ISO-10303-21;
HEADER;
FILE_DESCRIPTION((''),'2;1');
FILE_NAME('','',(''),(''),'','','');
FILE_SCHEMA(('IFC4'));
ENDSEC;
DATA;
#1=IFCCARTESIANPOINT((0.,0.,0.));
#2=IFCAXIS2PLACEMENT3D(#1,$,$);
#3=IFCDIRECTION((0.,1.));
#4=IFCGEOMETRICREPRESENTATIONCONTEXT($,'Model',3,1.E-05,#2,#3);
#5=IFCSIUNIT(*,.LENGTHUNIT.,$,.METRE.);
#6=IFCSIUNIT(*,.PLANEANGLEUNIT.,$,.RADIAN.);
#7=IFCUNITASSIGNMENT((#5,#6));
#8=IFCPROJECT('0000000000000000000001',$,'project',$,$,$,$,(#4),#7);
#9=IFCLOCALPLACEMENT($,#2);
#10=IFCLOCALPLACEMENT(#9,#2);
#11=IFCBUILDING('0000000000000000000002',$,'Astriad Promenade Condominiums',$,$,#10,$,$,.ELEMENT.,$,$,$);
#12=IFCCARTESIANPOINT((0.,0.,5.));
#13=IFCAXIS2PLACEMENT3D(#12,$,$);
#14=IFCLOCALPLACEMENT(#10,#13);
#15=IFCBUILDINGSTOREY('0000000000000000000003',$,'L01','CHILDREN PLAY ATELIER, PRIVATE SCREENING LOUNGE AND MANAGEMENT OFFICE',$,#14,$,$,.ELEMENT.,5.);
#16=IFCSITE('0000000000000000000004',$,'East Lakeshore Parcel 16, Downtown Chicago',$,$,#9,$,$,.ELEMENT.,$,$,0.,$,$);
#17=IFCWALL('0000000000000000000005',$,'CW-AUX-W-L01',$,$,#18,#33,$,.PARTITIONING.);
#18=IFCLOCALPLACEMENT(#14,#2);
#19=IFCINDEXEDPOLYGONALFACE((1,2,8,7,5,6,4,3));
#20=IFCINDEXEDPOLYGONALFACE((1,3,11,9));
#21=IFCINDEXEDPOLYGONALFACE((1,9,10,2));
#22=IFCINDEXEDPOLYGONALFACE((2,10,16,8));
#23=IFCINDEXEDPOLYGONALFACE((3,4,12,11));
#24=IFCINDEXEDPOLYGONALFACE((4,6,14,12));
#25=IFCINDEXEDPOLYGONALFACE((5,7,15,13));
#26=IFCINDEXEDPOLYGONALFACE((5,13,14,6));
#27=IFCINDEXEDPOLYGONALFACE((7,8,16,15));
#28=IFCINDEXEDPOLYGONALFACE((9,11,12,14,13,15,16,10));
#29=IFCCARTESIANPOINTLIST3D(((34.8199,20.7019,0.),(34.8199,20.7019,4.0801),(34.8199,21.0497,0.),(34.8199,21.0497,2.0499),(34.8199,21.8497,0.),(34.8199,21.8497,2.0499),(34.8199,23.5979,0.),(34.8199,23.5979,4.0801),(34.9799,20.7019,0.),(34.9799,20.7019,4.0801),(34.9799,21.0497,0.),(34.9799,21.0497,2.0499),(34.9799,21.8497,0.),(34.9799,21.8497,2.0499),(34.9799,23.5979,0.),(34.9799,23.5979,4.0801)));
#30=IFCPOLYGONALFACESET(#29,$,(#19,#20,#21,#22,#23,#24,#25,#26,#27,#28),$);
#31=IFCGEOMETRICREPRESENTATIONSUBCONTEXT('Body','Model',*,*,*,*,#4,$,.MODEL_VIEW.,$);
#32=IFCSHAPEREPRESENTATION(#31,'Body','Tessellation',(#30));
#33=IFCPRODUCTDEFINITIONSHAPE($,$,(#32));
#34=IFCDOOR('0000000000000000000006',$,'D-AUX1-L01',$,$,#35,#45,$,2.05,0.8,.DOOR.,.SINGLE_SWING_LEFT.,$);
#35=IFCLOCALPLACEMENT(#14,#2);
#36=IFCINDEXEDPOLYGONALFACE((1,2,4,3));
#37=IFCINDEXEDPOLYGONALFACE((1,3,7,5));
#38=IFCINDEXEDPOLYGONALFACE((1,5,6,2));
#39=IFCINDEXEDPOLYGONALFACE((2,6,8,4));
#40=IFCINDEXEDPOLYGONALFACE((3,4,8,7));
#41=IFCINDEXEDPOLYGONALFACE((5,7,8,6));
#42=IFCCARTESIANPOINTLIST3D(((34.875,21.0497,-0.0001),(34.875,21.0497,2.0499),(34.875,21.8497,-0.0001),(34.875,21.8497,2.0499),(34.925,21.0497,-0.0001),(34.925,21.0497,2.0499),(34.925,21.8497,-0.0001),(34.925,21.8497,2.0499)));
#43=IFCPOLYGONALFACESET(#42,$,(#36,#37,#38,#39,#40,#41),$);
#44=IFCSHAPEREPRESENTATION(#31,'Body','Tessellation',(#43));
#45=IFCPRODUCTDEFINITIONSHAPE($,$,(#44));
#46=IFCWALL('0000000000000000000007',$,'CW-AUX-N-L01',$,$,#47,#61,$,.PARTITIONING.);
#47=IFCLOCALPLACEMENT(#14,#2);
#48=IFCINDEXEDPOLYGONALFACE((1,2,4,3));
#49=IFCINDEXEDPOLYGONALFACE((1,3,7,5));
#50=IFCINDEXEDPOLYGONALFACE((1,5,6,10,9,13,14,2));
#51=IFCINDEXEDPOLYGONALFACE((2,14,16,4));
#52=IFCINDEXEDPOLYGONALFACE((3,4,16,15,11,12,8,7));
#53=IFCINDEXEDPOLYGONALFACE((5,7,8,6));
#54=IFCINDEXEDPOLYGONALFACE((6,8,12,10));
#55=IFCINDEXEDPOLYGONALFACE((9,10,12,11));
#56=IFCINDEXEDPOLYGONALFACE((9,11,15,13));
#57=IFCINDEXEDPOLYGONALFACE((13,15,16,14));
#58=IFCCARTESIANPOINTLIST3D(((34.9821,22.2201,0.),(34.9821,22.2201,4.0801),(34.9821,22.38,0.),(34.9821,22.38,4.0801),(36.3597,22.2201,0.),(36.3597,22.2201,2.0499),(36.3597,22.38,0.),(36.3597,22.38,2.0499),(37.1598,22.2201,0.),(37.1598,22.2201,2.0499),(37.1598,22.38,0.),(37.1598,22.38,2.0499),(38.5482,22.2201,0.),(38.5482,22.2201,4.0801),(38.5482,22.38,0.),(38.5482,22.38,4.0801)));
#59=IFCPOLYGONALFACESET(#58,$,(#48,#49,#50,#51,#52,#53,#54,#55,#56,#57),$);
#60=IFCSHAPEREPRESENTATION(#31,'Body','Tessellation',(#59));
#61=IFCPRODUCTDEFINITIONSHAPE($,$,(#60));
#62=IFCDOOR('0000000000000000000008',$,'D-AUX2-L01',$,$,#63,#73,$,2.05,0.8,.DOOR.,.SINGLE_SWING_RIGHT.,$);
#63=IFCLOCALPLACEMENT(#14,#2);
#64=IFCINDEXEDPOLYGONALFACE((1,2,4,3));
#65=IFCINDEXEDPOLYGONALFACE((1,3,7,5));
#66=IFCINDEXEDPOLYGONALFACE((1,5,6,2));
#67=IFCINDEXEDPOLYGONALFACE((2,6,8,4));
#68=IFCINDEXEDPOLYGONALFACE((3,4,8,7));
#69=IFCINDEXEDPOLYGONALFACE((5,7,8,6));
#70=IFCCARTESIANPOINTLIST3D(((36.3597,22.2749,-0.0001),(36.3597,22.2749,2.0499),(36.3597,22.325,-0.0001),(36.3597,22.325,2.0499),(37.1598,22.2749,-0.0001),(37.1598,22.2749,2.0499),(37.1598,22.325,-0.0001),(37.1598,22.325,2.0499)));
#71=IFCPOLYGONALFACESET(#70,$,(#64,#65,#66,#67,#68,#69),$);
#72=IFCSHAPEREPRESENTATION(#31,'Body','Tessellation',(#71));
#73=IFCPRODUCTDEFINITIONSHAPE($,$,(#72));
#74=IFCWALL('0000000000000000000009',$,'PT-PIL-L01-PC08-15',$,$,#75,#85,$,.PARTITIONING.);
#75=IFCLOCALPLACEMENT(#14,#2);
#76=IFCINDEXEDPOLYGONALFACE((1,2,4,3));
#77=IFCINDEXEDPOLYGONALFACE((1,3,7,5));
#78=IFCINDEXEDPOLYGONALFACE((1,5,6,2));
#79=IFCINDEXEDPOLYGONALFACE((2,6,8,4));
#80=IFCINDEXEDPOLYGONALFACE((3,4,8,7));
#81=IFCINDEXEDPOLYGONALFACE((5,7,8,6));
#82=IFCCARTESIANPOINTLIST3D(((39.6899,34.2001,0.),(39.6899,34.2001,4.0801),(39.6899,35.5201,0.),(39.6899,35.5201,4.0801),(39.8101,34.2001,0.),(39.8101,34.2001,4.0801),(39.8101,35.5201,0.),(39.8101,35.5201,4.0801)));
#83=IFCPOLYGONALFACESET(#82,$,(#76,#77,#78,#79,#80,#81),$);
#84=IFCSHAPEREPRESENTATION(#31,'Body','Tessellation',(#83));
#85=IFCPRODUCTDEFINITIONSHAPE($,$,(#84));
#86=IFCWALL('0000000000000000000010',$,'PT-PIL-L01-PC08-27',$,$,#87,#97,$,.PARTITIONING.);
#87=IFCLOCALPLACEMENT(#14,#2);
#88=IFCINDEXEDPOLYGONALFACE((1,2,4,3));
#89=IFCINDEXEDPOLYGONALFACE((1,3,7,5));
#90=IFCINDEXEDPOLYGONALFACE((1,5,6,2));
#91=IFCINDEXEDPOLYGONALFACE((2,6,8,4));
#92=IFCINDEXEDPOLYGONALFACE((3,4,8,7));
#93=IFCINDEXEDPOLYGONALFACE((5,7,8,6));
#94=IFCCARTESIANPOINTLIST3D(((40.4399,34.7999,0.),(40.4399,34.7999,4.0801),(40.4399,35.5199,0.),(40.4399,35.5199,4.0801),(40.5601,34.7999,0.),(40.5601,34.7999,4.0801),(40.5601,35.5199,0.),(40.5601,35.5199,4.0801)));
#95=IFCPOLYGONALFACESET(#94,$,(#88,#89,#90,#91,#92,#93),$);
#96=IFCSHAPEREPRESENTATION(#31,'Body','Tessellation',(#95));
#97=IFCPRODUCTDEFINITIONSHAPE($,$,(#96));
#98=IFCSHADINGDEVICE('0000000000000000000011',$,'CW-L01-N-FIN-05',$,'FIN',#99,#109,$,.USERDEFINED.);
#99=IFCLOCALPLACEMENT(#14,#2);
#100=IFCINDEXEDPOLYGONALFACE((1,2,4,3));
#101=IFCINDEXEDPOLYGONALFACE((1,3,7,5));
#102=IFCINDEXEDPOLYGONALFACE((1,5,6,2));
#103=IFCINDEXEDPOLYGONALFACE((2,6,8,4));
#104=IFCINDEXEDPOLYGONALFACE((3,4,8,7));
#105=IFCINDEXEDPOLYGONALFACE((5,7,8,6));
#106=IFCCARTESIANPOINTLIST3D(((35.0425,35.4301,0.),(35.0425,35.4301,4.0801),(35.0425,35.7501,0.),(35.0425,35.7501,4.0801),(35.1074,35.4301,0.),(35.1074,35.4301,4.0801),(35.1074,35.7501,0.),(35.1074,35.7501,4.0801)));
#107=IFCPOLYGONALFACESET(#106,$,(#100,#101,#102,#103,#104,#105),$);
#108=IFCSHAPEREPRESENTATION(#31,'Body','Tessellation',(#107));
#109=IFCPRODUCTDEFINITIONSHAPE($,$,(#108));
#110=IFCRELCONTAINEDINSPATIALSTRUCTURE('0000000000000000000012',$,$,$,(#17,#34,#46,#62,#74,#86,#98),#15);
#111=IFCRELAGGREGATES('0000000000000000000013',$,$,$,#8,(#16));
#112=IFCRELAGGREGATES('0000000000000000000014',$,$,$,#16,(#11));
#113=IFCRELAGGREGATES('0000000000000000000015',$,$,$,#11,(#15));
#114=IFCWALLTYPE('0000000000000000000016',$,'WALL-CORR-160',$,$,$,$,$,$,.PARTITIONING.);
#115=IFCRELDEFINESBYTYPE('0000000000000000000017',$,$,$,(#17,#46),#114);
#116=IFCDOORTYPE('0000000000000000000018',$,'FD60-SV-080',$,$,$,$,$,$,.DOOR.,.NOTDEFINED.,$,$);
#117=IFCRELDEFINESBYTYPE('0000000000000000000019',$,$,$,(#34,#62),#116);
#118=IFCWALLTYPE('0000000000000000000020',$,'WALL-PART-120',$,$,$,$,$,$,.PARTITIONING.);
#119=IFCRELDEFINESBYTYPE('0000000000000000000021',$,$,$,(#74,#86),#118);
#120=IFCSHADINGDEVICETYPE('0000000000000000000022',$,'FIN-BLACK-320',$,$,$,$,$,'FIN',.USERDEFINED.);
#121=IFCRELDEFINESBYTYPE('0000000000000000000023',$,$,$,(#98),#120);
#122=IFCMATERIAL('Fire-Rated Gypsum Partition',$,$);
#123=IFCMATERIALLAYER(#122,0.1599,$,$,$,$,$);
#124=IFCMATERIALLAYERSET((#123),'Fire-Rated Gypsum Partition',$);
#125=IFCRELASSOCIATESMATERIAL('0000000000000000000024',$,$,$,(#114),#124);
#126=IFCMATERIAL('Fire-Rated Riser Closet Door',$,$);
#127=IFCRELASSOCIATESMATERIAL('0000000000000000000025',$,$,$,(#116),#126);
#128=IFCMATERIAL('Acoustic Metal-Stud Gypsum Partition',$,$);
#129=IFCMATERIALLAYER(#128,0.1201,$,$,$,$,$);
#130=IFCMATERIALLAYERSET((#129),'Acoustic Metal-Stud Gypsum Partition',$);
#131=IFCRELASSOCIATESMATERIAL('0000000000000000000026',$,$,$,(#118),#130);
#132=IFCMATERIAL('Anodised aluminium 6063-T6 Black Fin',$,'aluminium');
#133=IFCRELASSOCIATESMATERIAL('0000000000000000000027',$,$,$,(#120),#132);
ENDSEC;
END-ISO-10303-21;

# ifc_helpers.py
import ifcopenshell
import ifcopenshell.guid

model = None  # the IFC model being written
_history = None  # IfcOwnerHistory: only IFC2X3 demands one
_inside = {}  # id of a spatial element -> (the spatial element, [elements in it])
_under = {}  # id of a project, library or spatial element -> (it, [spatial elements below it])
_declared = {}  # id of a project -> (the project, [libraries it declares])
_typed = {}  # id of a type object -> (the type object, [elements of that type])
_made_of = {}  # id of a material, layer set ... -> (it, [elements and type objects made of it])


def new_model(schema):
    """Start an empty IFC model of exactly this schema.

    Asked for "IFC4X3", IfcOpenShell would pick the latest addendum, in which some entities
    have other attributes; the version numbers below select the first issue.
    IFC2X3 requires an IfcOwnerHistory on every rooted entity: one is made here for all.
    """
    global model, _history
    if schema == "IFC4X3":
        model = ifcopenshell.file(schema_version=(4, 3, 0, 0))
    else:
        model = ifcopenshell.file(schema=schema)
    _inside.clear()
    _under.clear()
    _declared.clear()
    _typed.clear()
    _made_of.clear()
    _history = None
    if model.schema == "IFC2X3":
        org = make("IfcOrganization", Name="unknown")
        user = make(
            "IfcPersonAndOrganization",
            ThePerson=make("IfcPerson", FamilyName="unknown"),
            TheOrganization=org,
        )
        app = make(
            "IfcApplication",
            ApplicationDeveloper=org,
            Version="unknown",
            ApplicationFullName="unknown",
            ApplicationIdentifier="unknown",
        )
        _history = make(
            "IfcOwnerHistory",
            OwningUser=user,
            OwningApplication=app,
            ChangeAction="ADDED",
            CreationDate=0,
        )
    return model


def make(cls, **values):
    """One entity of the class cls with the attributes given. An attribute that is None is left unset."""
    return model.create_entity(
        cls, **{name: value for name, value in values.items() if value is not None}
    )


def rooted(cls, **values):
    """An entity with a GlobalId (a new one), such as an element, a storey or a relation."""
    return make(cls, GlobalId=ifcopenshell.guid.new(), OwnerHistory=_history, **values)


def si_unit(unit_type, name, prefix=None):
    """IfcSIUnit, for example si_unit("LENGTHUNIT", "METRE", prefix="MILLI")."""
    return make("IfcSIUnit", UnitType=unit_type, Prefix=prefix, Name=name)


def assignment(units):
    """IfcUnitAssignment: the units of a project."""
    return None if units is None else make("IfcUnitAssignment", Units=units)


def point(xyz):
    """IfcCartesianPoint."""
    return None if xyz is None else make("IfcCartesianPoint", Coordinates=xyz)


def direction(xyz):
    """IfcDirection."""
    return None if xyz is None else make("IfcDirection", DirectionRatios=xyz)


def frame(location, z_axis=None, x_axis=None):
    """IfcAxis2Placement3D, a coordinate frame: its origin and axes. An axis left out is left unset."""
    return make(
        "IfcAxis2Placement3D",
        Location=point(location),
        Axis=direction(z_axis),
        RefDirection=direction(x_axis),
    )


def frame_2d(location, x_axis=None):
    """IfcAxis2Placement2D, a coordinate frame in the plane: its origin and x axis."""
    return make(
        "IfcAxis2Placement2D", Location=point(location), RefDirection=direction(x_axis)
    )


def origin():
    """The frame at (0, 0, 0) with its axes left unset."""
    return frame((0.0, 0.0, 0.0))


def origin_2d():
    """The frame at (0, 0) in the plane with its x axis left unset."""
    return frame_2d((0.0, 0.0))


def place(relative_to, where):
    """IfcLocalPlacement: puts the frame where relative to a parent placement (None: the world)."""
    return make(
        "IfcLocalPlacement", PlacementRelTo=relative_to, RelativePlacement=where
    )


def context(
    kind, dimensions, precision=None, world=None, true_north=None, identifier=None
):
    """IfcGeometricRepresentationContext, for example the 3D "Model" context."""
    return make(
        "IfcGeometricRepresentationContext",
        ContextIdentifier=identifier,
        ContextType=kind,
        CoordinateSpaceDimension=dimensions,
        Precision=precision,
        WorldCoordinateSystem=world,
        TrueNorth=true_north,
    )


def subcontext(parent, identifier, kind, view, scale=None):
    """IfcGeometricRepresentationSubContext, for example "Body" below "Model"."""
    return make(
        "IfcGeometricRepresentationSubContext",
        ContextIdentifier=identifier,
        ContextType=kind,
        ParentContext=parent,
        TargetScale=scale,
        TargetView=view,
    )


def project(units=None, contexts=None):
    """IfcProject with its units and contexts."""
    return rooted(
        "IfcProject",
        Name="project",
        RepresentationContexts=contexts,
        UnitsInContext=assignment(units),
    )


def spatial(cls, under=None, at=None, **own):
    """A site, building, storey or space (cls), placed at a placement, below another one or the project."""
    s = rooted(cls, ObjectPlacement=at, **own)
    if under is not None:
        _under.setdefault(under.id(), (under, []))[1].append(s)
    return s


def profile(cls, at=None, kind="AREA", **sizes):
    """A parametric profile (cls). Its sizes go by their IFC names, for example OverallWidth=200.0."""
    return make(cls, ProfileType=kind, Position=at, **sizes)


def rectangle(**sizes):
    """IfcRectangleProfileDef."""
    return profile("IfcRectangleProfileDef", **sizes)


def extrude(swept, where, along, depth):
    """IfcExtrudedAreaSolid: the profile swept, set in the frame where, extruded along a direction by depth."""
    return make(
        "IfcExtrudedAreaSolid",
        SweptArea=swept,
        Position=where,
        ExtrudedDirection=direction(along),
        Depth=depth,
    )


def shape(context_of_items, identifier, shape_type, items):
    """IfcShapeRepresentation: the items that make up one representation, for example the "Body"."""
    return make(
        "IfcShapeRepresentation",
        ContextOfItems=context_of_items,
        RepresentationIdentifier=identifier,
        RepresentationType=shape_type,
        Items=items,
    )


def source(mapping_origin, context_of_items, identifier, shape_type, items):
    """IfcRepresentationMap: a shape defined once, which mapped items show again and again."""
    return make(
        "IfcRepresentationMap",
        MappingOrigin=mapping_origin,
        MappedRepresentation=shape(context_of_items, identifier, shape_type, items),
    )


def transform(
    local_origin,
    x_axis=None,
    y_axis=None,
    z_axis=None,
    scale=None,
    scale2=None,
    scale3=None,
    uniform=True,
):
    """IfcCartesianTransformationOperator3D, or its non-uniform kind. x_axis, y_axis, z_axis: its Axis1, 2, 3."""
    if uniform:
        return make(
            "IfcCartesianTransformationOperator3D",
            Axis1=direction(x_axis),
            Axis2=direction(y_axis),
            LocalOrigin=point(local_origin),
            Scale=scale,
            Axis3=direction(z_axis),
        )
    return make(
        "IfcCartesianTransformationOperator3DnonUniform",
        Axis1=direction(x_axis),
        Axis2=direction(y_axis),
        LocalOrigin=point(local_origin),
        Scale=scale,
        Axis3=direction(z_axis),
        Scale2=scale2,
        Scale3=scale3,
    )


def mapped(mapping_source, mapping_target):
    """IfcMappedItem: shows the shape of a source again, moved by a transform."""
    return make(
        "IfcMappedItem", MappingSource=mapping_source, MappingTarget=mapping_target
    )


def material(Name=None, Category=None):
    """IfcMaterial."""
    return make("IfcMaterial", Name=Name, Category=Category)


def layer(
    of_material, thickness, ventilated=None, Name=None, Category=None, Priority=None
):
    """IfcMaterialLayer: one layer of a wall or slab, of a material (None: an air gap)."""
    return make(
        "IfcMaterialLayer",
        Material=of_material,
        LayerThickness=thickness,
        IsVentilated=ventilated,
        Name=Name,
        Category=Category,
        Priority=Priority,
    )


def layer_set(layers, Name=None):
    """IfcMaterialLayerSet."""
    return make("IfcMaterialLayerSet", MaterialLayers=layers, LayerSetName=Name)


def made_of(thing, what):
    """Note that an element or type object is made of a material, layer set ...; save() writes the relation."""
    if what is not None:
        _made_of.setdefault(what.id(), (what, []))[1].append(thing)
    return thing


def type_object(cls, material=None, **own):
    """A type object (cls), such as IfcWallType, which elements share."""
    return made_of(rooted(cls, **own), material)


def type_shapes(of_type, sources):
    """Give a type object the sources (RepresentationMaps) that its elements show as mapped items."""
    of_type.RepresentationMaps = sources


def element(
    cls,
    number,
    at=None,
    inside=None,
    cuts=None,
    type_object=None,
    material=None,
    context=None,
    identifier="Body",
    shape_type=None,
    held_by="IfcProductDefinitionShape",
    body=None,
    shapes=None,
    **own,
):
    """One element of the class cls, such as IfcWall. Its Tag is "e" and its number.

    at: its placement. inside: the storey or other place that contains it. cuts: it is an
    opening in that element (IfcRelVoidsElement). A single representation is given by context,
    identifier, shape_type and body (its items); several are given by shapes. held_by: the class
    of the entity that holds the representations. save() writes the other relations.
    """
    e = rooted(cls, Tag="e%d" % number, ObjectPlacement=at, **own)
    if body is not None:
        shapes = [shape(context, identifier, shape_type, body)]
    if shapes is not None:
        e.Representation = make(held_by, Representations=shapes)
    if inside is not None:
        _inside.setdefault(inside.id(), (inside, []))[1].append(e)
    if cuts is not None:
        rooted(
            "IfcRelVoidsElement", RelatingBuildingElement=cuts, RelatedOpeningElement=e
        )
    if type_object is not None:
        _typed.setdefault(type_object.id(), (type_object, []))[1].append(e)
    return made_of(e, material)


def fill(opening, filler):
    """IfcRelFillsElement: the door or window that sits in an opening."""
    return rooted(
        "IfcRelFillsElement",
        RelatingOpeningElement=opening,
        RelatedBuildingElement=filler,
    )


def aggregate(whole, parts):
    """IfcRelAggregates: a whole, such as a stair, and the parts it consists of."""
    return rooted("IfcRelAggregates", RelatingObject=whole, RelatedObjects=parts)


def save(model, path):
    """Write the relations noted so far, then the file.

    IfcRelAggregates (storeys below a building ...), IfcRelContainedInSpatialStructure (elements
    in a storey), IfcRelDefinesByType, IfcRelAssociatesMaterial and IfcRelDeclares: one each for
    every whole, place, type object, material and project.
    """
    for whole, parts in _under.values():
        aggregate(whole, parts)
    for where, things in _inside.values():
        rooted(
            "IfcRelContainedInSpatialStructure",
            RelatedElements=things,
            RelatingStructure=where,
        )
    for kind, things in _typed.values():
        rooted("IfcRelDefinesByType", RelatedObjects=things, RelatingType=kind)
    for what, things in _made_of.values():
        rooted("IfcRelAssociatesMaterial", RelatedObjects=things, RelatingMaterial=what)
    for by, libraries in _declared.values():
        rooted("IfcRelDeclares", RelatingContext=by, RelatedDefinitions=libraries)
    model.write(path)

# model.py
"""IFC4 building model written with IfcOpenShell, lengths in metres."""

from ifc_helpers import new_model, si_unit, direction, frame, frame_2d, origin, origin_2d, place, context, subcontext, project, spatial, rectangle, extrude, source, transform, mapped, material, layer, layer_set, type_object, type_shapes, element, fill, save


model = new_model("IFC4")

# Units and contexts
model_context = context("Model", 3, precision=1e-05, world=origin(), true_north=direction((0.0, 1.0)))
body_context = subcontext(model_context, "Body", "Model", "MODEL_VIEW")
ifc_project = project(units=[si_unit("LENGTHUNIT", "METRE"), si_unit("PLANEANGLEUNIT", "RADIAN")], contexts=[model_context])

# Site, building, storey
site_placement = place(None, origin())
site = spatial("IfcSite", under=ifc_project, at=site_placement, Name="East Lakeshore Parcel 16, Downtown Chicago", CompositionType="ELEMENT", RefElevation=0.0)
building_placement = place(site_placement, origin())
building = spatial("IfcBuilding", under=site, at=building_placement, Name="Astriad Promenade Condominiums", CompositionType="ELEMENT")
storey_placement = place(building_placement, frame((0.0, 0.0, 5.0)))
storey = spatial("IfcBuildingStorey", under=building, at=storey_placement, Name="L01", Description="CHILDREN PLAY ATELIER, PRIVATE SCREENING LOUNGE AND MANAGEMENT OFFICE", CompositionType="ELEMENT", Elevation=5.0)

# Walls, openings, doors
ifc_material_1 = material(Name="Fire-Rated Gypsum Partition")
ifc_layer_1 = layer(ifc_material_1, 0.1599)
ifc_layer_set_1 = layer_set([ifc_layer_1], Name="Fire-Rated Gypsum Partition")
wall_type_1 = type_object("IfcWallType", Name="WALL-CORR-160", PredefinedType="PARTITIONING", material=ifc_layer_set_1)
wall_1_placement = place(storey_placement, frame((34.8999, 20.7019, 0.0), z_axis=(0.0, 0.0, 1.0), x_axis=(0.0, 1.0, 0.0)))
wall_1 = element("IfcWall", 1, at=wall_1_placement, inside=storey, type_object=wall_type_1, Name="CW-AUX-W-L01", PredefinedType="PARTITIONING", context=body_context, shape_type="SweptSolid", body=[
    extrude(rectangle(XDim=2.896, YDim=0.1599, at=frame_2d((1.448, 0.0))), origin(), (0.0, 0.0, 1.0), 4.0801),
])
opening_1_placement = place(wall_1_placement, frame((0.3479, 0.0, 0.0)))
opening_1 = element("IfcOpeningElement", 2, at=opening_1_placement, cuts=wall_1, PredefinedType="OPENING", context=body_context, shape_type="SweptSolid", body=[
    extrude(rectangle(XDim=0.8, YDim=2.05, at=frame_2d((0.3999, 1.0249))), frame((0.0, 0.0898, 0.0), z_axis=(0.0, -1.0, 0.0), x_axis=(1.0, 0.0, 0.0)), (0.0, 0.0, 1.0), 0.1799),
])
ifc_material_2 = material(Name="Fire-Rated Riser Closet Door")
door_type_1 = type_object("IfcDoorType", Name="FD60-SV-080", OperationType="NOTDEFINED", PredefinedType="DOOR", material=ifc_material_2)
shared_shape_1 = source(origin(), body_context, "Body", "SweptSolid", [
    extrude(rectangle(XDim=0.8, YDim=2.05, at=frame_2d((0.3999, 1.0249))), frame((0.0, 0.0249, 0.0), z_axis=(0.0, -1.0, 0.0), x_axis=(1.0, 0.0, 0.0)), (0.0, 0.0, 1.0), 0.05),
])
type_shapes(door_type_1, [shared_shape_1])
door_1_placement = place(opening_1_placement, origin())
door_1 = element("IfcDoor", 3, at=door_1_placement, inside=storey, type_object=door_type_1, Name="D-AUX1-L01", OperationType="SINGLE_SWING_LEFT", OverallHeight=2.05, OverallWidth=0.8, PredefinedType="DOOR", context=body_context, shape_type="MappedRepresentation", body=[
    mapped(shared_shape_1, transform((0.0, 0.0, 0.0), scale=1.0)),
])
fill(opening_1, door_1)
wall_2_placement = place(storey_placement, frame((34.9819, 22.3, 0.0), z_axis=(0.0, 0.0, 1.0), x_axis=(1.0, 0.0, 0.0)))
wall_2 = element("IfcWall", 4, at=wall_2_placement, inside=storey, type_object=wall_type_1, Name="CW-AUX-N-L01", PredefinedType="PARTITIONING", context=body_context, shape_type="SweptSolid", body=[
    extrude(rectangle(XDim=3.5662, YDim=0.1599, at=frame_2d((1.7832, 0.0))), origin(), (0.0, 0.0, 1.0), 4.0801),
])
opening_2_placement = place(wall_2_placement, frame((1.3779, 0.0, 0.0)))
opening_2 = element("IfcOpeningElement", 5, at=opening_2_placement, cuts=wall_2, PredefinedType="OPENING", context=body_context, shape_type="SweptSolid", body=[
    extrude(rectangle(XDim=0.8, YDim=2.05, at=frame_2d((0.3999, 1.0249))), frame((0.0, 0.0898, 0.0), z_axis=(0.0, -1.0, 0.0), x_axis=(1.0, 0.0, 0.0)), (0.0, 0.0, 1.0), 0.1799),
])
door_2_placement = place(opening_2_placement, origin())
door_2 = element("IfcDoor", 6, at=door_2_placement, inside=storey, type_object=door_type_1, Name="D-AUX2-L01", OperationType="SINGLE_SWING_RIGHT", OverallHeight=2.05, OverallWidth=0.8, PredefinedType="DOOR", context=body_context, shape_type="MappedRepresentation", body=[
    mapped(shared_shape_1, transform((0.0, 0.0, 0.0), scale=1.0)),
])
fill(opening_2, door_2)

# Walls
ifc_material_3 = material(Name="Acoustic Metal-Stud Gypsum Partition")
ifc_layer_2 = layer(ifc_material_3, 0.1201)
ifc_layer_set_2 = layer_set([ifc_layer_2], Name="Acoustic Metal-Stud Gypsum Partition")
wall_type_2 = type_object("IfcWallType", Name="WALL-PART-120", PredefinedType="PARTITIONING", material=ifc_layer_set_2)
wall_3_placement = place(storey_placement, frame((39.75, 34.2, 0.0), z_axis=(0.0, 0.0, 1.0), x_axis=(0.0, 1.0, 0.0)))
element("IfcWall", 7, at=wall_3_placement, inside=storey, type_object=wall_type_2, Name="PT-PIL-L01-PC08-15", PredefinedType="PARTITIONING", context=body_context, shape_type="SweptSolid", body=[
    extrude(rectangle(XDim=1.3201, YDim=0.1201, at=frame_2d((0.6602, 0.0))), origin(), (0.0, 0.0, 1.0), 4.0801),
])
wall_4_placement = place(storey_placement, frame((40.5, 34.8, 0.0), z_axis=(0.0, 0.0, 1.0), x_axis=(0.0, 1.0, 0.0)))
element("IfcWall", 8, at=wall_4_placement, inside=storey, type_object=wall_type_2, Name="PT-PIL-L01-PC08-27", PredefinedType="PARTITIONING", context=body_context, shape_type="SweptSolid", body=[
    extrude(rectangle(XDim=0.72, YDim=0.1201, at=frame_2d((0.3599, 0.0))), origin(), (0.0, 0.0, 1.0), 4.0801),
])

# Shading device
ifc_material_4 = material(Name="Anodised aluminium 6063-T6 Black Fin", Category="aluminium")
shading_device_type = type_object("IfcShadingDeviceType", Name="FIN-BLACK-320", ElementType="FIN", PredefinedType="USERDEFINED", material=ifc_material_4)
shared_shape_2 = source(origin(), body_context, "Body", "SweptSolid", [
    extrude(rectangle(XDim=0.0649, YDim=0.3201, at=origin_2d()), origin(), (0.0, 0.0, 1.0), 4.0801),
])
type_shapes(shading_device_type, [shared_shape_2])
shading_device_placement = place(storey_placement, frame((35.075, 35.5901, 0.0), z_axis=(0.0, 0.0, 1.0), x_axis=(1.0, 0.0, 0.0)))
element("IfcShadingDevice", 9, at=shading_device_placement, inside=storey, type_object=shading_device_type, Name="CW-L01-N-FIN-05", ObjectType="FIN", PredefinedType="USERDEFINED", context=body_context, shape_type="MappedRepresentation", body=[
    mapped(shared_shape_2, transform((0.0, 0.0, 0.0), scale=1.0)),
])

save(model, "model.ifc")
